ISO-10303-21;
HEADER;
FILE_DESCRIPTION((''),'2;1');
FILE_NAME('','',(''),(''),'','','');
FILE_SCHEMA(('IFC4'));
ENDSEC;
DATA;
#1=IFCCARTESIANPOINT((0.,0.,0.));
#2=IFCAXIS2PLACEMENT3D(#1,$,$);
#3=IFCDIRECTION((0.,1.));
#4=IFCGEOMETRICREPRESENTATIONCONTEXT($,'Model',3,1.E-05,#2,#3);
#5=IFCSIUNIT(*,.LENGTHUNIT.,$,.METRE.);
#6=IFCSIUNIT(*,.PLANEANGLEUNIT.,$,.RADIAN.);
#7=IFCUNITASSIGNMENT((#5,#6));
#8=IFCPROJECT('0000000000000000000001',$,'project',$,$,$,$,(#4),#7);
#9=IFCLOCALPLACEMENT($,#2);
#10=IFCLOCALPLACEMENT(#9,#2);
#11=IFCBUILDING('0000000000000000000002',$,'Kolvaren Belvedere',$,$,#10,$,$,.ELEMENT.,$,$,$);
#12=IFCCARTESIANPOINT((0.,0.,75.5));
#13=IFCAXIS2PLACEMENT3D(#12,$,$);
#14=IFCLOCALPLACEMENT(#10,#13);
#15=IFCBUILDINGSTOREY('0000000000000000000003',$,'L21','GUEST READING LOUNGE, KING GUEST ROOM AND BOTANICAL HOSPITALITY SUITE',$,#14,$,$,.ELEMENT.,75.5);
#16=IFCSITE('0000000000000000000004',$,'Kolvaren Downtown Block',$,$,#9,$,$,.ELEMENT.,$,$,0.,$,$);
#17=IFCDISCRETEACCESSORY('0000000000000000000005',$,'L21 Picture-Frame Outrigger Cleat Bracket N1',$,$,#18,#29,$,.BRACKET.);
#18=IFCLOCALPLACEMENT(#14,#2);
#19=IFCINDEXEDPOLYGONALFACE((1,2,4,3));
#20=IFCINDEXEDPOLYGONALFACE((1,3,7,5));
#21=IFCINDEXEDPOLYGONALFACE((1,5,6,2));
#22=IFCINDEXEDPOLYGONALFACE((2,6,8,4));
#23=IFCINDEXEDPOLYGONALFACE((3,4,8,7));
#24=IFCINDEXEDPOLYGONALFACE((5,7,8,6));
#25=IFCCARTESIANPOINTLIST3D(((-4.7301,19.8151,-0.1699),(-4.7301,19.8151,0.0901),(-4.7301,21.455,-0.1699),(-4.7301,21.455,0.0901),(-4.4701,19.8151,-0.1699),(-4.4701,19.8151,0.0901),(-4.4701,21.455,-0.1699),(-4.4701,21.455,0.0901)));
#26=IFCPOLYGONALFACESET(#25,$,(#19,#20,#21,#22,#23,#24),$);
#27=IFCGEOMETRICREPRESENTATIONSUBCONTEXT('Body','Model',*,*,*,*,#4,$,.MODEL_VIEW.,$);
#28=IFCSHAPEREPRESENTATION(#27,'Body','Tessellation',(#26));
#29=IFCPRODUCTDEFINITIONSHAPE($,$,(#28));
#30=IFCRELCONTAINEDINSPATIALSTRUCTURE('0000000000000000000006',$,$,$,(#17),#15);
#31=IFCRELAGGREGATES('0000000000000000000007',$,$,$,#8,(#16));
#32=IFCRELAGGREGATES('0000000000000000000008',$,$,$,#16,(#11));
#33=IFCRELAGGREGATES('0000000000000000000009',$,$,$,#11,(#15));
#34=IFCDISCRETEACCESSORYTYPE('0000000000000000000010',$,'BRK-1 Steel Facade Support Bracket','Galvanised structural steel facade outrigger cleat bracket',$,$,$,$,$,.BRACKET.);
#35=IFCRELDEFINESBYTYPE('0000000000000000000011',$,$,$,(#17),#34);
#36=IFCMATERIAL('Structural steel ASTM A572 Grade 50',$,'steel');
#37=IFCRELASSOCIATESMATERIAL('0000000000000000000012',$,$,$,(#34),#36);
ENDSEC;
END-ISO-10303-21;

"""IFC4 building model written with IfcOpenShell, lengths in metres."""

from ifc_helpers import new_model, si_unit, direction, frame, origin, origin_2d, place, context, subcontext, project, spatial, rectangle, extrude, material, type_object, element, save


model = new_model("IFC4")

# Units and contexts
model_context = context("Model", 3, precision=1e-05, world=origin(), true_north=direction((0.0, 1.0)))
body_context = subcontext(model_context, "Body", "Model", "MODEL_VIEW")
ifc_project = project(units=[si_unit("LENGTHUNIT", "METRE"), si_unit("PLANEANGLEUNIT", "RADIAN")], contexts=[model_context])

# Site, building, storey
site_placement = place(None, origin())
site = spatial("IfcSite", under=ifc_project, at=site_placement, Name="Kolvaren Downtown Block", CompositionType="ELEMENT", RefElevation=0.0)
building_placement = place(site_placement, origin())
building = spatial("IfcBuilding", under=site, at=building_placement, Name="Kolvaren Belvedere", CompositionType="ELEMENT")
storey_placement = place(building_placement, frame((0.0, 0.0, 75.5)))
storey = spatial("IfcBuildingStorey", under=building, at=storey_placement, Name="L21", Description="GUEST READING LOUNGE, KING GUEST ROOM AND BOTANICAL HOSPITALITY SUITE", CompositionType="ELEMENT", Elevation=75.5)

# Discrete accessory
ifc_material_1 = material(Name="Structural steel ASTM A572 Grade 50", Category="steel")
discrete_accessory_type = type_object("IfcDiscreteAccessoryType", Name="BRK-1 Steel Facade Support Bracket", Description="Galvanised structural steel facade outrigger cleat bracket", PredefinedType="BRACKET", material=ifc_material_1)
discrete_accessory_placement = place(storey_placement, frame((-4.6001, 20.635, -0.1699), z_axis=(0.0, 0.0, 1.0), x_axis=(0.0, 1.0, 0.0)))
element("IfcDiscreteAccessory", 1, at=discrete_accessory_placement, inside=storey, type_object=discrete_accessory_type, Name="L21 Picture-Frame Outrigger Cleat Bracket N1", PredefinedType="BRACKET", context=body_context, shape_type="SweptSolid", body=[
    extrude(rectangle(XDim=1.6399, YDim=0.26, at=origin_2d()), origin(), (0.0, 0.0, 1.0), 0.26),
])

save(model, "model.ifc")
